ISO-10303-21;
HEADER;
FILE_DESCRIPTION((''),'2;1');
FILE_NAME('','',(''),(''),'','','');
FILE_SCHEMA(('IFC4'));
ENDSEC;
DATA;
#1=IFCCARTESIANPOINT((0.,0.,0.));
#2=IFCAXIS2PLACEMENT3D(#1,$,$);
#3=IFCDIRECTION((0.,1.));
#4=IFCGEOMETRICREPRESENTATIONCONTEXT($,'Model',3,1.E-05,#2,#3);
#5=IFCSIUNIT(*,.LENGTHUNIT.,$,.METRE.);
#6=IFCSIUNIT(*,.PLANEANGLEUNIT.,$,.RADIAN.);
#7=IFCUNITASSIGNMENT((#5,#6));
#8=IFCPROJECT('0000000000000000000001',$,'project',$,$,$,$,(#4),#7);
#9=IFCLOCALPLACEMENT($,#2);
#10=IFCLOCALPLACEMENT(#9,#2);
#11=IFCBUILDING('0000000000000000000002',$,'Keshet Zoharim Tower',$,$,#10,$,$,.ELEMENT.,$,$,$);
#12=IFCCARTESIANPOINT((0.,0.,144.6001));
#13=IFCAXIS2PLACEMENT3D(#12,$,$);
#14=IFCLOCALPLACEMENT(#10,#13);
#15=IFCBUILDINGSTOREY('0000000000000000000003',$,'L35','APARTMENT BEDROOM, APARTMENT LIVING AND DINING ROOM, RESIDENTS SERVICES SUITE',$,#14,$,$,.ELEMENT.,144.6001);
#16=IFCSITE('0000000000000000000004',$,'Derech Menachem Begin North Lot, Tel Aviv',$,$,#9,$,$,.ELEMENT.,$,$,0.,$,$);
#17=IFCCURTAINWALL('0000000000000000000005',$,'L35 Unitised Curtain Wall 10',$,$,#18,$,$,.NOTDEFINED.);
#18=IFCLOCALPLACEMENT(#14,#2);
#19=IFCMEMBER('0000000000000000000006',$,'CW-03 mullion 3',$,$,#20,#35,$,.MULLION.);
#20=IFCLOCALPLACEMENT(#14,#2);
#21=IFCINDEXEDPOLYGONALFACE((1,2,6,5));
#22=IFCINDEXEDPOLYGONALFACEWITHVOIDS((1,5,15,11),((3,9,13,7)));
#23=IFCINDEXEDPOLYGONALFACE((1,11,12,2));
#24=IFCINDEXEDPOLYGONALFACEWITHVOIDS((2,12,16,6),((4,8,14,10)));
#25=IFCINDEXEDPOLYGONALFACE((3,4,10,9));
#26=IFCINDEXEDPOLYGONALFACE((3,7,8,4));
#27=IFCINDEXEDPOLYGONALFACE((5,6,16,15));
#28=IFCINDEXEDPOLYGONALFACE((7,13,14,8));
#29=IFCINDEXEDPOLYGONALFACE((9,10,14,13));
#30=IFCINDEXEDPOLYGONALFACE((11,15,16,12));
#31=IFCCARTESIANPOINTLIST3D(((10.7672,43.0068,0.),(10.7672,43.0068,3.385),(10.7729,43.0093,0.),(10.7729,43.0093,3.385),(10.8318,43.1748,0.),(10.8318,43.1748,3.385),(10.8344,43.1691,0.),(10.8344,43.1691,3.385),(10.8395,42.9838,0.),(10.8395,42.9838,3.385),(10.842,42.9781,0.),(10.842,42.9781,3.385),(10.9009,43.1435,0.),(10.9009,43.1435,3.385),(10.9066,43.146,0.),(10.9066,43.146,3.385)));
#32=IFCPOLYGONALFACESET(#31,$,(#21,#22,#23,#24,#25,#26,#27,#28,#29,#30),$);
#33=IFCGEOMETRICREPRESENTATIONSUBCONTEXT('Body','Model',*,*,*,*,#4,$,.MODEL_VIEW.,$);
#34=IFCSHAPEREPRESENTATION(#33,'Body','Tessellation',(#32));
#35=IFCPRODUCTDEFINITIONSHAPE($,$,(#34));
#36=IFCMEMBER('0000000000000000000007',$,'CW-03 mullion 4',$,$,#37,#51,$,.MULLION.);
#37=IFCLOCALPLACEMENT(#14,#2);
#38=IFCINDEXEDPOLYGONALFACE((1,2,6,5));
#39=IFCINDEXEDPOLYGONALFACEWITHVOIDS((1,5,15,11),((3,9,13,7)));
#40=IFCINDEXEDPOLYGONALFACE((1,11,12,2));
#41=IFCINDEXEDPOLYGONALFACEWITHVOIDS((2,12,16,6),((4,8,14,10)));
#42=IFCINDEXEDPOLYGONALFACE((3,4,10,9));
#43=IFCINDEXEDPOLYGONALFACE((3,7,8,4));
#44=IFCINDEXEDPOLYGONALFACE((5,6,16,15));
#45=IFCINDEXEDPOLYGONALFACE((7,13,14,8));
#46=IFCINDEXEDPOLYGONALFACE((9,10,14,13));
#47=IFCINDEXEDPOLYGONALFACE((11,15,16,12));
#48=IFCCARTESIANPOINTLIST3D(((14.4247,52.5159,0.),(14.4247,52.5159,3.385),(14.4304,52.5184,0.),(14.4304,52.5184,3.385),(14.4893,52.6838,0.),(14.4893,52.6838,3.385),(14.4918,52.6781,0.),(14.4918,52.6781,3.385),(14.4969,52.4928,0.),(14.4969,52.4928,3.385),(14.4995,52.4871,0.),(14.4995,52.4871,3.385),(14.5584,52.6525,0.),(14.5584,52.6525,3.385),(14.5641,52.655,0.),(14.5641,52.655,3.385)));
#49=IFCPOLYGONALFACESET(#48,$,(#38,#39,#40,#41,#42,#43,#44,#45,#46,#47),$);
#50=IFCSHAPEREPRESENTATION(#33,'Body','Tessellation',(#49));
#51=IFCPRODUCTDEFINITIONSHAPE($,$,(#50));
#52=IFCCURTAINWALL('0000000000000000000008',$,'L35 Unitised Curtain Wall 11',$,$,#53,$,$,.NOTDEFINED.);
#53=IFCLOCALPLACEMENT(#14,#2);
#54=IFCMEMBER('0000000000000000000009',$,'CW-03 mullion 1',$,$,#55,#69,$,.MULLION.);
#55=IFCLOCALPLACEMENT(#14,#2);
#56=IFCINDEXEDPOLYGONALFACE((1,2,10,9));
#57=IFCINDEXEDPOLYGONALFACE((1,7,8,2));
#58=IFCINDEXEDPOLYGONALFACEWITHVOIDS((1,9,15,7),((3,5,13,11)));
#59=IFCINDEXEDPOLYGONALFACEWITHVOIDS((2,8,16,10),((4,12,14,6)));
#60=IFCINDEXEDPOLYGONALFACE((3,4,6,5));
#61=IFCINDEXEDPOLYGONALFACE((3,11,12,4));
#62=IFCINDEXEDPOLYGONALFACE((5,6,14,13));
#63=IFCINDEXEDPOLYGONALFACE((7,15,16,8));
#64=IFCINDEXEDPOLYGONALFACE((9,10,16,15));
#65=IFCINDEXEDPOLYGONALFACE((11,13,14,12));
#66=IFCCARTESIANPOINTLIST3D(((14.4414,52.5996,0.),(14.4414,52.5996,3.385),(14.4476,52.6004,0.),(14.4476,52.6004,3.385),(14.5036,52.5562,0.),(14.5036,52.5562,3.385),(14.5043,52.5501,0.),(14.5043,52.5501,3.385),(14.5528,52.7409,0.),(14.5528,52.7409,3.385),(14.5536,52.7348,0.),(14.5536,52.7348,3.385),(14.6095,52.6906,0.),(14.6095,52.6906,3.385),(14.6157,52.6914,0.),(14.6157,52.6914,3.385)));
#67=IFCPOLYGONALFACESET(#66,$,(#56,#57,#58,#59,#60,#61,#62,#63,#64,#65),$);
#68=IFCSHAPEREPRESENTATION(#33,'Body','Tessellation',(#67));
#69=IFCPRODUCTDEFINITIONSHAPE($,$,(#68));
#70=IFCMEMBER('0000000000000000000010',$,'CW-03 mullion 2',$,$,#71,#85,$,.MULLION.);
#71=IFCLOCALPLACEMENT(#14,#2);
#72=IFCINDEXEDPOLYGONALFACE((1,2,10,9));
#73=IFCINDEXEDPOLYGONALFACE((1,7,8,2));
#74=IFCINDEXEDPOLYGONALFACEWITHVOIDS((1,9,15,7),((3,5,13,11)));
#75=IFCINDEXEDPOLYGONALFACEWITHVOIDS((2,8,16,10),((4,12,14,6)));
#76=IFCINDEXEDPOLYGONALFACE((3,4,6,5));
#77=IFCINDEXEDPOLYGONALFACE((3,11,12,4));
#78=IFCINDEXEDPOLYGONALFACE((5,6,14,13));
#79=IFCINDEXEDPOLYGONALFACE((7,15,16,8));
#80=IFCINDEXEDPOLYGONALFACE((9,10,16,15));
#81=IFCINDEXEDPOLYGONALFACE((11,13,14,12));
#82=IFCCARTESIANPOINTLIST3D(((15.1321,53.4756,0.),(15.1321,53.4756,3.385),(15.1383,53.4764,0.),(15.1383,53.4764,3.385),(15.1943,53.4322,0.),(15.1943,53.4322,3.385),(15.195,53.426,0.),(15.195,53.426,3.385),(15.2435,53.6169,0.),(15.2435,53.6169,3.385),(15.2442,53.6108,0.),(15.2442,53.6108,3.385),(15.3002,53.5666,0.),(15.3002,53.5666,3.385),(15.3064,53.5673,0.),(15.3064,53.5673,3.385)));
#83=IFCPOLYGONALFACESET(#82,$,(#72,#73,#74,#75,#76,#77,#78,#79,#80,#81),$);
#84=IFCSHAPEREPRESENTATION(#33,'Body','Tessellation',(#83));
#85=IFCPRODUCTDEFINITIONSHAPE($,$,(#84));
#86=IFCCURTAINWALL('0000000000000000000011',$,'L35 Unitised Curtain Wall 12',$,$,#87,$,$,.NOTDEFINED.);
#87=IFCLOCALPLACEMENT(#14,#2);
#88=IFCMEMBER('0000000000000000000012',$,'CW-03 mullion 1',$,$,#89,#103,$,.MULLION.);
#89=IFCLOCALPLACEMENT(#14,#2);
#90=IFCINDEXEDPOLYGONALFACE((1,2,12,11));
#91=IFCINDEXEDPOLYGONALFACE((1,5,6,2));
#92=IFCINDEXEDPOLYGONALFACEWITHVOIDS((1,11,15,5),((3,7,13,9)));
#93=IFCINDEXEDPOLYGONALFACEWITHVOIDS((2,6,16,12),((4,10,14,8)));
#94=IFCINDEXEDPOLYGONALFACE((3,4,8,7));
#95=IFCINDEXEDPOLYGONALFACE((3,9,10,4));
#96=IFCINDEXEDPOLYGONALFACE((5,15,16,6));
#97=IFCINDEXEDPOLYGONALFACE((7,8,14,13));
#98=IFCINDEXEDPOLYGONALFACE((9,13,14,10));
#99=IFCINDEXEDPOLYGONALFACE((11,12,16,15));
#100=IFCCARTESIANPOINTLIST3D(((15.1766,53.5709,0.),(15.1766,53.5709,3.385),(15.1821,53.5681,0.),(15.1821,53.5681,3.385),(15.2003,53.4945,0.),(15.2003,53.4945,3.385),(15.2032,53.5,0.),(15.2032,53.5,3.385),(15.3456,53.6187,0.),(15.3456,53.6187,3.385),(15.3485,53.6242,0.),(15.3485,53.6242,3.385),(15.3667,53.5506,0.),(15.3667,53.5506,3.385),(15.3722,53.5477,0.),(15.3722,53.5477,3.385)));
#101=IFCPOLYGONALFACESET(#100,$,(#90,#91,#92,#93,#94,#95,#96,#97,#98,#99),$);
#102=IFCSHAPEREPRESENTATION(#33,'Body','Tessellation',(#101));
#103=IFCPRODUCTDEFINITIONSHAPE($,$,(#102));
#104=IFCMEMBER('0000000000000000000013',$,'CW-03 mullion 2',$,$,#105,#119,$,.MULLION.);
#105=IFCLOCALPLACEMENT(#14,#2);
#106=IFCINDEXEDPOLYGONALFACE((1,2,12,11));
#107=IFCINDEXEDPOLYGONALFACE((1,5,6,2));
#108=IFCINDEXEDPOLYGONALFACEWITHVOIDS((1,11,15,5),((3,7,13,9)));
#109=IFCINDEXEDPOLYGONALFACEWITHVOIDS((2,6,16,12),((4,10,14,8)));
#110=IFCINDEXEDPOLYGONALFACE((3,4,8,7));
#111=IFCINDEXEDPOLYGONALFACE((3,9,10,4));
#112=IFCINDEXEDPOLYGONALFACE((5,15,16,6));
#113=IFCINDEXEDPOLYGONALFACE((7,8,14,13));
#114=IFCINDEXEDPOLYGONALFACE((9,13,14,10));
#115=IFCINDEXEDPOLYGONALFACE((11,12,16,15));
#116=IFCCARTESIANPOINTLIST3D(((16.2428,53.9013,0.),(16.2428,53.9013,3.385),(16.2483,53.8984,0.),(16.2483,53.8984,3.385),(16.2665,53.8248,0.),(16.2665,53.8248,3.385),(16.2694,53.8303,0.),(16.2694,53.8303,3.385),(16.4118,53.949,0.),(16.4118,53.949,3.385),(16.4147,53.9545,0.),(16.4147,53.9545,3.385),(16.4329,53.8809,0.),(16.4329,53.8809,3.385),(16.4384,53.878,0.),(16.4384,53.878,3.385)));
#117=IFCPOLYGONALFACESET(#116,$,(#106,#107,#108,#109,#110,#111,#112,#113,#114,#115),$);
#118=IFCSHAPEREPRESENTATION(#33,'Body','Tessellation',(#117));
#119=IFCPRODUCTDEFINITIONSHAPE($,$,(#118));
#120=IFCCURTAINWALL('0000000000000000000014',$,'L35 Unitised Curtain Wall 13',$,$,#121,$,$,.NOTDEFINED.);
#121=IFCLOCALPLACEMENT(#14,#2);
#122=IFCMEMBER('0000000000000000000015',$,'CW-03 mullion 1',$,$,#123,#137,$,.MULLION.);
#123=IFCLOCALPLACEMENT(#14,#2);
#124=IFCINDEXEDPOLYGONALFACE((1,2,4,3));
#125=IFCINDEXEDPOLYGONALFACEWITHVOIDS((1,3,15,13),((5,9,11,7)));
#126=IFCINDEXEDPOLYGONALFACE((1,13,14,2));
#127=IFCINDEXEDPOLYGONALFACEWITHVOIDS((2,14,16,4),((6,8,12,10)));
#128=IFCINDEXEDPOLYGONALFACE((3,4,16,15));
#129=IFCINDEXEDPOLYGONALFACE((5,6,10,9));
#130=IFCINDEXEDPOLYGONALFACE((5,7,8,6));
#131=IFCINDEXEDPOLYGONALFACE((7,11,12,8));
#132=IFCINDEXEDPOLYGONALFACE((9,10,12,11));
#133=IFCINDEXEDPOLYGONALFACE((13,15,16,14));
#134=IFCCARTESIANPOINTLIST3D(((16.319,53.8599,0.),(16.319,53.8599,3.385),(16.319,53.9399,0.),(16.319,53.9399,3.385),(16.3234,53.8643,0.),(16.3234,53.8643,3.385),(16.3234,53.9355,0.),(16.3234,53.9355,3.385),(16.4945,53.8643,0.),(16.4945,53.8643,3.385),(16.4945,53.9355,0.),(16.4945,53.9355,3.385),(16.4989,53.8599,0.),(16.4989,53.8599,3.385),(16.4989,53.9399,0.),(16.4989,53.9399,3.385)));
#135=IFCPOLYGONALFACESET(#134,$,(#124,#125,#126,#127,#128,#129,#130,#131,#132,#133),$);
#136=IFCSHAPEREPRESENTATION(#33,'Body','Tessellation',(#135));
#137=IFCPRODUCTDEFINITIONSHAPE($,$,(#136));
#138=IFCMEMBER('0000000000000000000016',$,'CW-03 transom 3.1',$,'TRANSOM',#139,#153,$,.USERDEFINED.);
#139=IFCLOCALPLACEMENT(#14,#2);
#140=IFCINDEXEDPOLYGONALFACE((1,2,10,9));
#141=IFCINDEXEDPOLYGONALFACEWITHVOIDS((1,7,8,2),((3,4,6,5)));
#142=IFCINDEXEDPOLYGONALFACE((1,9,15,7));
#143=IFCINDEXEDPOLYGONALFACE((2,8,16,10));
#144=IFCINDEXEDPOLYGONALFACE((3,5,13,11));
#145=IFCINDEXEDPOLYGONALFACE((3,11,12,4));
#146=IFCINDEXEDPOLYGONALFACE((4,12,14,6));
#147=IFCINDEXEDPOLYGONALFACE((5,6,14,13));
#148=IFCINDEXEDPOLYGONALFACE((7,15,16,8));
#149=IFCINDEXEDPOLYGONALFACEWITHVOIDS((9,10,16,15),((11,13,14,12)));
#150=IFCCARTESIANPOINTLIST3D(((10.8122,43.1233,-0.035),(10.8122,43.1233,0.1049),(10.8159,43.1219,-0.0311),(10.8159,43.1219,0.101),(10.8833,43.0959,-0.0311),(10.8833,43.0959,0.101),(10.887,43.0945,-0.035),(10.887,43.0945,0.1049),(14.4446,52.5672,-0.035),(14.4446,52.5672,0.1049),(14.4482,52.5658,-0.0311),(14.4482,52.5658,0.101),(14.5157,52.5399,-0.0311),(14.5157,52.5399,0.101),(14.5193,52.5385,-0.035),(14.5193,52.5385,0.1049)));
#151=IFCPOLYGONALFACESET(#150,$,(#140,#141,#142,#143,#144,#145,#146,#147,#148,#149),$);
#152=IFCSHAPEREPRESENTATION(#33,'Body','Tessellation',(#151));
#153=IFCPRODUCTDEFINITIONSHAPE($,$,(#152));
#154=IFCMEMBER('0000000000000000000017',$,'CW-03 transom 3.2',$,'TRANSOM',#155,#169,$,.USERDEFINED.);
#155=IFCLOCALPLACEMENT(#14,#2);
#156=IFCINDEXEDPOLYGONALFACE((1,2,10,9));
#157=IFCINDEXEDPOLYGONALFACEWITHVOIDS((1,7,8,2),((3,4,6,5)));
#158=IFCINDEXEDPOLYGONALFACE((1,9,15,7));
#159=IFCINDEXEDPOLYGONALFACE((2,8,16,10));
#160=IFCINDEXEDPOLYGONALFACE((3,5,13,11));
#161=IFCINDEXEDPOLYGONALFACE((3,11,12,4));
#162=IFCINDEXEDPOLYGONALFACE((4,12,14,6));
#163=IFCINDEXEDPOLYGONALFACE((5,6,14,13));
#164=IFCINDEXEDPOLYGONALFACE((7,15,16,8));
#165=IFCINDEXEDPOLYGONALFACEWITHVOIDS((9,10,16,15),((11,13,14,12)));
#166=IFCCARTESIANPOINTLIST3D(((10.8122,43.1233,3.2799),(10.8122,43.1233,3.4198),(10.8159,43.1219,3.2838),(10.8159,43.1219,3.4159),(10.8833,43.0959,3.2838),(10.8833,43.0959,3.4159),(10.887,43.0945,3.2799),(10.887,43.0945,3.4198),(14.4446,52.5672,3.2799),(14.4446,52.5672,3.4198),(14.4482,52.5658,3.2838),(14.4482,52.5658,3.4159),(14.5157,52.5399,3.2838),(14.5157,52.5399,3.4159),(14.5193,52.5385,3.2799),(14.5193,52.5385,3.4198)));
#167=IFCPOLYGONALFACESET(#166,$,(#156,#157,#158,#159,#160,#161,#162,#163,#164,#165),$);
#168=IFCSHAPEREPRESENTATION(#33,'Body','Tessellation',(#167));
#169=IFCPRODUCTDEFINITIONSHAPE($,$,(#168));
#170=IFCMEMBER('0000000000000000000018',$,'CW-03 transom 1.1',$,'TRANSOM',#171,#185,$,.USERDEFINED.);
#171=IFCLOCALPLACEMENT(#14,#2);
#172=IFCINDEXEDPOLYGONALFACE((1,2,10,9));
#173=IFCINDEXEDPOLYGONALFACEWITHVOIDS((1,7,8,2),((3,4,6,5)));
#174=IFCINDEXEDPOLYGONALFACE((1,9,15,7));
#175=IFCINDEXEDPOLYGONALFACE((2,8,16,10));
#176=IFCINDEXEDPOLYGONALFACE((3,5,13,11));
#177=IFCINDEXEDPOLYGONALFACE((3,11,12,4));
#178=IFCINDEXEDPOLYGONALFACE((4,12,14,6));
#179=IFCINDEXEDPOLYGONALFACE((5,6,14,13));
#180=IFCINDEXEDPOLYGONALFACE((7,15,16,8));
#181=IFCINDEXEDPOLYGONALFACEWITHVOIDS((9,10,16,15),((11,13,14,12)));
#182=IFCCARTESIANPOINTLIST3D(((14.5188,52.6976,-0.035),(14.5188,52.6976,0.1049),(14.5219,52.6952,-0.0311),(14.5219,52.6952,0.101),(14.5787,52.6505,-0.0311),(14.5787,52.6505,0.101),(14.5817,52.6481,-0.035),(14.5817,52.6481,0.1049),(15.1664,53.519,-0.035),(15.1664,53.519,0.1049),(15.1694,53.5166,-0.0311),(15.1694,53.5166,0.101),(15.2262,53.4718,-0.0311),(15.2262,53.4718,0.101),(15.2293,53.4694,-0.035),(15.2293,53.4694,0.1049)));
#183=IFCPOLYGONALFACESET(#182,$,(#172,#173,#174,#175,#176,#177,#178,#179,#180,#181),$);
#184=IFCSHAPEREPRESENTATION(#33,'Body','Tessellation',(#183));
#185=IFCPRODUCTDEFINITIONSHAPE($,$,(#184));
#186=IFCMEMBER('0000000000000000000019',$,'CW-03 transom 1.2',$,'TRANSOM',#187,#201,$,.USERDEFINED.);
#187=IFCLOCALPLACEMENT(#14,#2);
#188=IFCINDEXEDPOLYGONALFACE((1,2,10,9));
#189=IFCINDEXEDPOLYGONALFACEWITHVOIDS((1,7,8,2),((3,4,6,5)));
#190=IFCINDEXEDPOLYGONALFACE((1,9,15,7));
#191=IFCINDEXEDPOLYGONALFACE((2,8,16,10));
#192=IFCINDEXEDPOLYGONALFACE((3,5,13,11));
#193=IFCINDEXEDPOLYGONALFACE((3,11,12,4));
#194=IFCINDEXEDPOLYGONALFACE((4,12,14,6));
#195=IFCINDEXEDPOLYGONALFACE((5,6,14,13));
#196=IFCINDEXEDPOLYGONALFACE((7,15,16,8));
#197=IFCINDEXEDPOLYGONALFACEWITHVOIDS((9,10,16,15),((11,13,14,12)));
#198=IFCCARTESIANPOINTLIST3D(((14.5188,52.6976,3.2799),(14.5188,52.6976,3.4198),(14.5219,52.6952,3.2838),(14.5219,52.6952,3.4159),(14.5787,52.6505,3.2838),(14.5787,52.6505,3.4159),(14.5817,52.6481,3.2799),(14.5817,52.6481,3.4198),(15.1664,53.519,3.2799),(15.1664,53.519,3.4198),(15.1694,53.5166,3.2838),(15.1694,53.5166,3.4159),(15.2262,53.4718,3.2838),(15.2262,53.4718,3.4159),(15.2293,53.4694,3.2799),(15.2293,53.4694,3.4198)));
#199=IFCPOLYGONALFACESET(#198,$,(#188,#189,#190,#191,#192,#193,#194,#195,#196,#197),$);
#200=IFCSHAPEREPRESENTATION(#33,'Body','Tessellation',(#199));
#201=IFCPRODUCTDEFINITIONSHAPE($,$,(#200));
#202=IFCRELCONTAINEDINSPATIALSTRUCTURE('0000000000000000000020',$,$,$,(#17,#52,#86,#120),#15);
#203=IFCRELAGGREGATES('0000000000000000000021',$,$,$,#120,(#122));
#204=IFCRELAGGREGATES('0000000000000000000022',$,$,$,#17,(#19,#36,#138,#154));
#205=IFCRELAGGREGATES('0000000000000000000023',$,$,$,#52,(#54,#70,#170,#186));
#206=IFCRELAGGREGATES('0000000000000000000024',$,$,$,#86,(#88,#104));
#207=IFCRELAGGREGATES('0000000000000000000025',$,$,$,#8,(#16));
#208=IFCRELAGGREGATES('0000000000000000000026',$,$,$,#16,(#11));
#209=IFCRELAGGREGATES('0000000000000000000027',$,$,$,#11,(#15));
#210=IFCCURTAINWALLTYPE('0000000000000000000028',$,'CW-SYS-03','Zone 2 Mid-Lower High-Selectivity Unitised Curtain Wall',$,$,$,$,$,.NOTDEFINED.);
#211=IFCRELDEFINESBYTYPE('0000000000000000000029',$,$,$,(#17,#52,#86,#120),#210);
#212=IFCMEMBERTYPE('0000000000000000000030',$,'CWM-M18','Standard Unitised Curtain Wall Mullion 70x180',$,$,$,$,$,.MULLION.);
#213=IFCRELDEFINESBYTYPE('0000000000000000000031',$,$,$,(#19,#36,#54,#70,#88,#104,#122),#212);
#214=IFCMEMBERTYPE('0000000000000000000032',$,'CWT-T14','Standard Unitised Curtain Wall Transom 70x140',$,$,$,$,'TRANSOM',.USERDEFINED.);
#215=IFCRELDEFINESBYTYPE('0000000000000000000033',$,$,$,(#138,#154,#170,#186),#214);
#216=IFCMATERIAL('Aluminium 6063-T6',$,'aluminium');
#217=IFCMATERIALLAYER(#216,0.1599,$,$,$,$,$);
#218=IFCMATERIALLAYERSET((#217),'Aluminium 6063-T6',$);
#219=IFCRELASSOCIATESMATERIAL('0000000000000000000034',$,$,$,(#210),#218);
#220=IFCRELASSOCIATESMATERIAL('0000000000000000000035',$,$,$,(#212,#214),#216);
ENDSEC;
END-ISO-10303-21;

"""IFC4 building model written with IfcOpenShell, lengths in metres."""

from ifc_helpers import new_model, si_unit, direction, frame, origin, origin_2d, place, context, subcontext, project, spatial, hollow_rectangle, extrude, material, layer, layer_set, material_profile, profile_set, type_object, element, aggregate, save


model = new_model("IFC4")

# Units and contexts
model_context = context("Model", 3, precision=1e-05, world=origin(), true_north=direction((0.0, 1.0)))
body_context = subcontext(model_context, "Body", "Model", "MODEL_VIEW")
ifc_project = project(units=[si_unit("LENGTHUNIT", "METRE"), si_unit("PLANEANGLEUNIT", "RADIAN")], contexts=[model_context])

# Site, building, storey
site_placement = place(None, origin())
site = spatial("IfcSite", under=ifc_project, at=site_placement, Name="Derech Menachem Begin North Lot, Tel Aviv", CompositionType="ELEMENT", RefElevation=0.0)
building_placement = place(site_placement, origin())
building = spatial("IfcBuilding", under=site, at=building_placement, Name="Keshet Zoharim Tower", CompositionType="ELEMENT")
storey_placement = place(building_placement, frame((0.0, 0.0, 144.6001)))
storey = spatial("IfcBuildingStorey", under=building, at=storey_placement, Name="L35", Description="APARTMENT BEDROOM, APARTMENT LIVING AND DINING ROOM, RESIDENTS SERVICES SUITE", CompositionType="ELEMENT", Elevation=144.6001)

# Curtain walls, members
ifc_material_1 = material(Name="Aluminium 6063-T6", Category="aluminium")
ifc_layer_1 = layer(ifc_material_1, 0.1599)
ifc_layer_set_1 = layer_set([ifc_layer_1], Name="Aluminium 6063-T6")
curtain_wall_type = type_object("IfcCurtainWallType", Name="CW-SYS-03", Description="Zone 2 Mid-Lower High-Selectivity Unitised Curtain Wall", PredefinedType="NOTDEFINED", material=ifc_layer_set_1)
curtain_wall_1_placement = place(storey_placement, origin())
curtain_wall_1 = element("IfcCurtainWall", 1, at=curtain_wall_1_placement, inside=storey, type_object=curtain_wall_type, Name="L35 Unitised Curtain Wall 10", PredefinedType="NOTDEFINED")
ifc_material_profile_1 = material_profile(ifc_material_1, hollow_rectangle(XDim=0.0801, YDim=0.1799, WallThickness=0.0044, at=origin_2d()), Name="MUL-80x180")
ifc_profile_set_1 = profile_set([ifc_material_profile_1], Name="Aluminium 6063-T6")
member_type_1 = type_object("IfcMemberType", Name="CWM-M18", Description="Standard Unitised Curtain Wall Mullion 70x180", PredefinedType="MULLION", material=ifc_profile_set_1)
member_1_placement = place(storey_placement, frame((10.8369, 43.0764, 0.0), z_axis=(0.0, 0.0, 1.0), x_axis=(-0.933341, 0.35899, 0.0)))
member_1 = element("IfcMember", 2, at=member_1_placement, type_object=member_type_1, Name="CW-03 mullion 3", PredefinedType="MULLION", context=body_context, shape_type="SweptSolid", body=[
    extrude(hollow_rectangle(XDim=0.0801, YDim=0.1799, WallThickness=0.0044, at=origin_2d()), origin(), (0.0, 0.0, 1.0), 3.385),
])
member_2_placement = place(storey_placement, frame((14.4944, 52.5854, 0.0), z_axis=(0.0, 0.0, 1.0), x_axis=(-0.933341, 0.35899, 0.0)))
member_2 = element("IfcMember", 3, at=member_2_placement, type_object=member_type_1, Name="CW-03 mullion 4", PredefinedType="MULLION", context=body_context, shape_type="SweptSolid", body=[
    extrude(hollow_rectangle(XDim=0.0801, YDim=0.1799, WallThickness=0.0044, at=origin_2d()), origin(), (0.0, 0.0, 1.0), 3.385),
])
curtain_wall_2_placement = place(storey_placement, origin())
curtain_wall_2 = element("IfcCurtainWall", 4, at=curtain_wall_2_placement, inside=storey, type_object=curtain_wall_type, Name="L35 Unitised Curtain Wall 11", PredefinedType="NOTDEFINED")
member_3_placement = place(storey_placement, frame((14.5286, 52.6455, 0.0), z_axis=(0.0, 0.0, 1.0), x_axis=(-0.785293, 0.619125, 0.0)))
member_3 = element("IfcMember", 5, at=member_3_placement, type_object=member_type_1, Name="CW-03 mullion 1", PredefinedType="MULLION", context=body_context, shape_type="SweptSolid", body=[
    extrude(hollow_rectangle(XDim=0.0801, YDim=0.1799, WallThickness=0.0044, at=origin_2d()), origin(), (0.0, 0.0, 1.0), 3.385),
])
member_4_placement = place(storey_placement, frame((15.2192, 53.5215, 0.0), z_axis=(0.0, 0.0, 1.0), x_axis=(-0.785293, 0.619125, 0.0)))
member_4 = element("IfcMember", 6, at=member_4_placement, type_object=member_type_1, Name="CW-03 mullion 2", PredefinedType="MULLION", context=body_context, shape_type="SweptSolid", body=[
    extrude(hollow_rectangle(XDim=0.0801, YDim=0.1799, WallThickness=0.0044, at=origin_2d()), origin(), (0.0, 0.0, 1.0), 3.385),
])
curtain_wall_3_placement = place(storey_placement, origin())
curtain_wall_3 = element("IfcCurtainWall", 7, at=curtain_wall_3_placement, inside=storey, type_object=curtain_wall_type, Name="L35 Unitised Curtain Wall 12", PredefinedType="NOTDEFINED")
member_5_placement = place(storey_placement, frame((15.2744, 53.5593, 0.0), z_axis=(0.0, 0.0, 1.0), x_axis=(-0.295922, 0.955212, 0.0)))
member_5 = element("IfcMember", 8, at=member_5_placement, type_object=member_type_1, Name="CW-03 mullion 1", PredefinedType="MULLION", context=body_context, shape_type="SweptSolid", body=[
    extrude(hollow_rectangle(XDim=0.0801, YDim=0.1799, WallThickness=0.0044, at=origin_2d()), origin(), (0.0, 0.0, 1.0), 3.385),
])
member_6_placement = place(storey_placement, frame((16.3406, 53.8896, 0.0), z_axis=(0.0, 0.0, 1.0), x_axis=(-0.295922, 0.955212, 0.0)))
member_6 = element("IfcMember", 9, at=member_6_placement, type_object=member_type_1, Name="CW-03 mullion 2", PredefinedType="MULLION", context=body_context, shape_type="SweptSolid", body=[
    extrude(hollow_rectangle(XDim=0.0801, YDim=0.1799, WallThickness=0.0044, at=origin_2d()), origin(), (0.0, 0.0, 1.0), 3.385),
])

# Curtain wall, member
curtain_wall_4_placement = place(storey_placement, origin())
curtain_wall_4 = element("IfcCurtainWall", 10, at=curtain_wall_4_placement, inside=storey, type_object=curtain_wall_type, Name="L35 Unitised Curtain Wall 13", PredefinedType="NOTDEFINED")
member_7_placement = place(storey_placement, frame((16.4089, 53.8999, 0.0), z_axis=(0.0, 0.0, 1.0), x_axis=(0.0, 1.0, 0.0)))
member_7 = element("IfcMember", 11, at=member_7_placement, type_object=member_type_1, Name="CW-03 mullion 1", PredefinedType="MULLION", context=body_context, shape_type="SweptSolid", body=[
    extrude(hollow_rectangle(XDim=0.0801, YDim=0.1799, WallThickness=0.0044, at=origin_2d()), origin(), (0.0, 0.0, 1.0), 3.385),
])

# Members
ifc_material_profile_2 = material_profile(ifc_material_1, hollow_rectangle(XDim=0.0801, YDim=0.1399, WallThickness=0.0039, at=origin_2d()), Name="TRN-80x140")
ifc_profile_set_2 = profile_set([ifc_material_profile_2], Name="Aluminium 6063-T6")
member_type_2 = type_object("IfcMemberType", Name="CWT-T14", Description="Standard Unitised Curtain Wall Transom 70x140", ElementType="TRANSOM", PredefinedType="USERDEFINED", material=ifc_profile_set_2)
member_8_placement = place(storey_placement, frame((10.8496, 43.1089, 0.0349), z_axis=(0.358986, 0.933343, 0.0), x_axis=(-0.933343, 0.358986, 0.0)))
member_8 = element("IfcMember", 12, at=member_8_placement, type_object=member_type_2, Name="CW-03 transom 3.1", ObjectType="TRANSOM", PredefinedType="USERDEFINED", context=body_context, shape_type="SweptSolid", body=[
    extrude(hollow_rectangle(XDim=0.0801, YDim=0.1399, WallThickness=0.0039, at=origin_2d()), origin(), (0.0, 0.0, 1.0), 10.1184),
])
member_9_placement = place(storey_placement, frame((10.8496, 43.1089, 3.3499), z_axis=(0.358986, 0.933343, 0.0), x_axis=(-0.933343, 0.358986, 0.0)))
member_9 = element("IfcMember", 13, at=member_9_placement, type_object=member_type_2, Name="CW-03 transom 3.2", ObjectType="TRANSOM", PredefinedType="USERDEFINED", context=body_context, shape_type="SweptSolid", body=[
    extrude(hollow_rectangle(XDim=0.0801, YDim=0.1399, WallThickness=0.0039, at=origin_2d()), origin(), (0.0, 0.0, 1.0), 10.1184),
])
member_10_placement = place(storey_placement, frame((14.5503, 52.6729, 0.0349), z_axis=(0.619099, 0.785313, 0.0), x_axis=(-0.785313, 0.619099, 0.0)))
member_10 = element("IfcMember", 14, at=member_10_placement, type_object=member_type_2, Name="CW-03 transom 1.1", ObjectType="TRANSOM", PredefinedType="USERDEFINED", context=body_context, shape_type="SweptSolid", body=[
    extrude(hollow_rectangle(XDim=0.0801, YDim=0.1399, WallThickness=0.0039, at=origin_2d()), origin(), (0.0, 0.0, 1.0), 1.0459),
])
member_11_placement = place(storey_placement, frame((14.5503, 52.6729, 3.3499), z_axis=(0.619099, 0.785313, 0.0), x_axis=(-0.785313, 0.619099, 0.0)))
member_11 = element("IfcMember", 15, at=member_11_placement, type_object=member_type_2, Name="CW-03 transom 1.2", ObjectType="TRANSOM", PredefinedType="USERDEFINED", context=body_context, shape_type="SweptSolid", body=[
    extrude(hollow_rectangle(XDim=0.0801, YDim=0.1399, WallThickness=0.0039, at=origin_2d()), origin(), (0.0, 0.0, 1.0), 1.0459),
])
aggregate(curtain_wall_4, [member_7])

aggregate(curtain_wall_1, [member_1, member_2, member_8, member_9])
aggregate(curtain_wall_2, [member_3, member_4, member_10, member_11])
aggregate(curtain_wall_3, [member_5, member_6])

save(model, "model.ifc")
